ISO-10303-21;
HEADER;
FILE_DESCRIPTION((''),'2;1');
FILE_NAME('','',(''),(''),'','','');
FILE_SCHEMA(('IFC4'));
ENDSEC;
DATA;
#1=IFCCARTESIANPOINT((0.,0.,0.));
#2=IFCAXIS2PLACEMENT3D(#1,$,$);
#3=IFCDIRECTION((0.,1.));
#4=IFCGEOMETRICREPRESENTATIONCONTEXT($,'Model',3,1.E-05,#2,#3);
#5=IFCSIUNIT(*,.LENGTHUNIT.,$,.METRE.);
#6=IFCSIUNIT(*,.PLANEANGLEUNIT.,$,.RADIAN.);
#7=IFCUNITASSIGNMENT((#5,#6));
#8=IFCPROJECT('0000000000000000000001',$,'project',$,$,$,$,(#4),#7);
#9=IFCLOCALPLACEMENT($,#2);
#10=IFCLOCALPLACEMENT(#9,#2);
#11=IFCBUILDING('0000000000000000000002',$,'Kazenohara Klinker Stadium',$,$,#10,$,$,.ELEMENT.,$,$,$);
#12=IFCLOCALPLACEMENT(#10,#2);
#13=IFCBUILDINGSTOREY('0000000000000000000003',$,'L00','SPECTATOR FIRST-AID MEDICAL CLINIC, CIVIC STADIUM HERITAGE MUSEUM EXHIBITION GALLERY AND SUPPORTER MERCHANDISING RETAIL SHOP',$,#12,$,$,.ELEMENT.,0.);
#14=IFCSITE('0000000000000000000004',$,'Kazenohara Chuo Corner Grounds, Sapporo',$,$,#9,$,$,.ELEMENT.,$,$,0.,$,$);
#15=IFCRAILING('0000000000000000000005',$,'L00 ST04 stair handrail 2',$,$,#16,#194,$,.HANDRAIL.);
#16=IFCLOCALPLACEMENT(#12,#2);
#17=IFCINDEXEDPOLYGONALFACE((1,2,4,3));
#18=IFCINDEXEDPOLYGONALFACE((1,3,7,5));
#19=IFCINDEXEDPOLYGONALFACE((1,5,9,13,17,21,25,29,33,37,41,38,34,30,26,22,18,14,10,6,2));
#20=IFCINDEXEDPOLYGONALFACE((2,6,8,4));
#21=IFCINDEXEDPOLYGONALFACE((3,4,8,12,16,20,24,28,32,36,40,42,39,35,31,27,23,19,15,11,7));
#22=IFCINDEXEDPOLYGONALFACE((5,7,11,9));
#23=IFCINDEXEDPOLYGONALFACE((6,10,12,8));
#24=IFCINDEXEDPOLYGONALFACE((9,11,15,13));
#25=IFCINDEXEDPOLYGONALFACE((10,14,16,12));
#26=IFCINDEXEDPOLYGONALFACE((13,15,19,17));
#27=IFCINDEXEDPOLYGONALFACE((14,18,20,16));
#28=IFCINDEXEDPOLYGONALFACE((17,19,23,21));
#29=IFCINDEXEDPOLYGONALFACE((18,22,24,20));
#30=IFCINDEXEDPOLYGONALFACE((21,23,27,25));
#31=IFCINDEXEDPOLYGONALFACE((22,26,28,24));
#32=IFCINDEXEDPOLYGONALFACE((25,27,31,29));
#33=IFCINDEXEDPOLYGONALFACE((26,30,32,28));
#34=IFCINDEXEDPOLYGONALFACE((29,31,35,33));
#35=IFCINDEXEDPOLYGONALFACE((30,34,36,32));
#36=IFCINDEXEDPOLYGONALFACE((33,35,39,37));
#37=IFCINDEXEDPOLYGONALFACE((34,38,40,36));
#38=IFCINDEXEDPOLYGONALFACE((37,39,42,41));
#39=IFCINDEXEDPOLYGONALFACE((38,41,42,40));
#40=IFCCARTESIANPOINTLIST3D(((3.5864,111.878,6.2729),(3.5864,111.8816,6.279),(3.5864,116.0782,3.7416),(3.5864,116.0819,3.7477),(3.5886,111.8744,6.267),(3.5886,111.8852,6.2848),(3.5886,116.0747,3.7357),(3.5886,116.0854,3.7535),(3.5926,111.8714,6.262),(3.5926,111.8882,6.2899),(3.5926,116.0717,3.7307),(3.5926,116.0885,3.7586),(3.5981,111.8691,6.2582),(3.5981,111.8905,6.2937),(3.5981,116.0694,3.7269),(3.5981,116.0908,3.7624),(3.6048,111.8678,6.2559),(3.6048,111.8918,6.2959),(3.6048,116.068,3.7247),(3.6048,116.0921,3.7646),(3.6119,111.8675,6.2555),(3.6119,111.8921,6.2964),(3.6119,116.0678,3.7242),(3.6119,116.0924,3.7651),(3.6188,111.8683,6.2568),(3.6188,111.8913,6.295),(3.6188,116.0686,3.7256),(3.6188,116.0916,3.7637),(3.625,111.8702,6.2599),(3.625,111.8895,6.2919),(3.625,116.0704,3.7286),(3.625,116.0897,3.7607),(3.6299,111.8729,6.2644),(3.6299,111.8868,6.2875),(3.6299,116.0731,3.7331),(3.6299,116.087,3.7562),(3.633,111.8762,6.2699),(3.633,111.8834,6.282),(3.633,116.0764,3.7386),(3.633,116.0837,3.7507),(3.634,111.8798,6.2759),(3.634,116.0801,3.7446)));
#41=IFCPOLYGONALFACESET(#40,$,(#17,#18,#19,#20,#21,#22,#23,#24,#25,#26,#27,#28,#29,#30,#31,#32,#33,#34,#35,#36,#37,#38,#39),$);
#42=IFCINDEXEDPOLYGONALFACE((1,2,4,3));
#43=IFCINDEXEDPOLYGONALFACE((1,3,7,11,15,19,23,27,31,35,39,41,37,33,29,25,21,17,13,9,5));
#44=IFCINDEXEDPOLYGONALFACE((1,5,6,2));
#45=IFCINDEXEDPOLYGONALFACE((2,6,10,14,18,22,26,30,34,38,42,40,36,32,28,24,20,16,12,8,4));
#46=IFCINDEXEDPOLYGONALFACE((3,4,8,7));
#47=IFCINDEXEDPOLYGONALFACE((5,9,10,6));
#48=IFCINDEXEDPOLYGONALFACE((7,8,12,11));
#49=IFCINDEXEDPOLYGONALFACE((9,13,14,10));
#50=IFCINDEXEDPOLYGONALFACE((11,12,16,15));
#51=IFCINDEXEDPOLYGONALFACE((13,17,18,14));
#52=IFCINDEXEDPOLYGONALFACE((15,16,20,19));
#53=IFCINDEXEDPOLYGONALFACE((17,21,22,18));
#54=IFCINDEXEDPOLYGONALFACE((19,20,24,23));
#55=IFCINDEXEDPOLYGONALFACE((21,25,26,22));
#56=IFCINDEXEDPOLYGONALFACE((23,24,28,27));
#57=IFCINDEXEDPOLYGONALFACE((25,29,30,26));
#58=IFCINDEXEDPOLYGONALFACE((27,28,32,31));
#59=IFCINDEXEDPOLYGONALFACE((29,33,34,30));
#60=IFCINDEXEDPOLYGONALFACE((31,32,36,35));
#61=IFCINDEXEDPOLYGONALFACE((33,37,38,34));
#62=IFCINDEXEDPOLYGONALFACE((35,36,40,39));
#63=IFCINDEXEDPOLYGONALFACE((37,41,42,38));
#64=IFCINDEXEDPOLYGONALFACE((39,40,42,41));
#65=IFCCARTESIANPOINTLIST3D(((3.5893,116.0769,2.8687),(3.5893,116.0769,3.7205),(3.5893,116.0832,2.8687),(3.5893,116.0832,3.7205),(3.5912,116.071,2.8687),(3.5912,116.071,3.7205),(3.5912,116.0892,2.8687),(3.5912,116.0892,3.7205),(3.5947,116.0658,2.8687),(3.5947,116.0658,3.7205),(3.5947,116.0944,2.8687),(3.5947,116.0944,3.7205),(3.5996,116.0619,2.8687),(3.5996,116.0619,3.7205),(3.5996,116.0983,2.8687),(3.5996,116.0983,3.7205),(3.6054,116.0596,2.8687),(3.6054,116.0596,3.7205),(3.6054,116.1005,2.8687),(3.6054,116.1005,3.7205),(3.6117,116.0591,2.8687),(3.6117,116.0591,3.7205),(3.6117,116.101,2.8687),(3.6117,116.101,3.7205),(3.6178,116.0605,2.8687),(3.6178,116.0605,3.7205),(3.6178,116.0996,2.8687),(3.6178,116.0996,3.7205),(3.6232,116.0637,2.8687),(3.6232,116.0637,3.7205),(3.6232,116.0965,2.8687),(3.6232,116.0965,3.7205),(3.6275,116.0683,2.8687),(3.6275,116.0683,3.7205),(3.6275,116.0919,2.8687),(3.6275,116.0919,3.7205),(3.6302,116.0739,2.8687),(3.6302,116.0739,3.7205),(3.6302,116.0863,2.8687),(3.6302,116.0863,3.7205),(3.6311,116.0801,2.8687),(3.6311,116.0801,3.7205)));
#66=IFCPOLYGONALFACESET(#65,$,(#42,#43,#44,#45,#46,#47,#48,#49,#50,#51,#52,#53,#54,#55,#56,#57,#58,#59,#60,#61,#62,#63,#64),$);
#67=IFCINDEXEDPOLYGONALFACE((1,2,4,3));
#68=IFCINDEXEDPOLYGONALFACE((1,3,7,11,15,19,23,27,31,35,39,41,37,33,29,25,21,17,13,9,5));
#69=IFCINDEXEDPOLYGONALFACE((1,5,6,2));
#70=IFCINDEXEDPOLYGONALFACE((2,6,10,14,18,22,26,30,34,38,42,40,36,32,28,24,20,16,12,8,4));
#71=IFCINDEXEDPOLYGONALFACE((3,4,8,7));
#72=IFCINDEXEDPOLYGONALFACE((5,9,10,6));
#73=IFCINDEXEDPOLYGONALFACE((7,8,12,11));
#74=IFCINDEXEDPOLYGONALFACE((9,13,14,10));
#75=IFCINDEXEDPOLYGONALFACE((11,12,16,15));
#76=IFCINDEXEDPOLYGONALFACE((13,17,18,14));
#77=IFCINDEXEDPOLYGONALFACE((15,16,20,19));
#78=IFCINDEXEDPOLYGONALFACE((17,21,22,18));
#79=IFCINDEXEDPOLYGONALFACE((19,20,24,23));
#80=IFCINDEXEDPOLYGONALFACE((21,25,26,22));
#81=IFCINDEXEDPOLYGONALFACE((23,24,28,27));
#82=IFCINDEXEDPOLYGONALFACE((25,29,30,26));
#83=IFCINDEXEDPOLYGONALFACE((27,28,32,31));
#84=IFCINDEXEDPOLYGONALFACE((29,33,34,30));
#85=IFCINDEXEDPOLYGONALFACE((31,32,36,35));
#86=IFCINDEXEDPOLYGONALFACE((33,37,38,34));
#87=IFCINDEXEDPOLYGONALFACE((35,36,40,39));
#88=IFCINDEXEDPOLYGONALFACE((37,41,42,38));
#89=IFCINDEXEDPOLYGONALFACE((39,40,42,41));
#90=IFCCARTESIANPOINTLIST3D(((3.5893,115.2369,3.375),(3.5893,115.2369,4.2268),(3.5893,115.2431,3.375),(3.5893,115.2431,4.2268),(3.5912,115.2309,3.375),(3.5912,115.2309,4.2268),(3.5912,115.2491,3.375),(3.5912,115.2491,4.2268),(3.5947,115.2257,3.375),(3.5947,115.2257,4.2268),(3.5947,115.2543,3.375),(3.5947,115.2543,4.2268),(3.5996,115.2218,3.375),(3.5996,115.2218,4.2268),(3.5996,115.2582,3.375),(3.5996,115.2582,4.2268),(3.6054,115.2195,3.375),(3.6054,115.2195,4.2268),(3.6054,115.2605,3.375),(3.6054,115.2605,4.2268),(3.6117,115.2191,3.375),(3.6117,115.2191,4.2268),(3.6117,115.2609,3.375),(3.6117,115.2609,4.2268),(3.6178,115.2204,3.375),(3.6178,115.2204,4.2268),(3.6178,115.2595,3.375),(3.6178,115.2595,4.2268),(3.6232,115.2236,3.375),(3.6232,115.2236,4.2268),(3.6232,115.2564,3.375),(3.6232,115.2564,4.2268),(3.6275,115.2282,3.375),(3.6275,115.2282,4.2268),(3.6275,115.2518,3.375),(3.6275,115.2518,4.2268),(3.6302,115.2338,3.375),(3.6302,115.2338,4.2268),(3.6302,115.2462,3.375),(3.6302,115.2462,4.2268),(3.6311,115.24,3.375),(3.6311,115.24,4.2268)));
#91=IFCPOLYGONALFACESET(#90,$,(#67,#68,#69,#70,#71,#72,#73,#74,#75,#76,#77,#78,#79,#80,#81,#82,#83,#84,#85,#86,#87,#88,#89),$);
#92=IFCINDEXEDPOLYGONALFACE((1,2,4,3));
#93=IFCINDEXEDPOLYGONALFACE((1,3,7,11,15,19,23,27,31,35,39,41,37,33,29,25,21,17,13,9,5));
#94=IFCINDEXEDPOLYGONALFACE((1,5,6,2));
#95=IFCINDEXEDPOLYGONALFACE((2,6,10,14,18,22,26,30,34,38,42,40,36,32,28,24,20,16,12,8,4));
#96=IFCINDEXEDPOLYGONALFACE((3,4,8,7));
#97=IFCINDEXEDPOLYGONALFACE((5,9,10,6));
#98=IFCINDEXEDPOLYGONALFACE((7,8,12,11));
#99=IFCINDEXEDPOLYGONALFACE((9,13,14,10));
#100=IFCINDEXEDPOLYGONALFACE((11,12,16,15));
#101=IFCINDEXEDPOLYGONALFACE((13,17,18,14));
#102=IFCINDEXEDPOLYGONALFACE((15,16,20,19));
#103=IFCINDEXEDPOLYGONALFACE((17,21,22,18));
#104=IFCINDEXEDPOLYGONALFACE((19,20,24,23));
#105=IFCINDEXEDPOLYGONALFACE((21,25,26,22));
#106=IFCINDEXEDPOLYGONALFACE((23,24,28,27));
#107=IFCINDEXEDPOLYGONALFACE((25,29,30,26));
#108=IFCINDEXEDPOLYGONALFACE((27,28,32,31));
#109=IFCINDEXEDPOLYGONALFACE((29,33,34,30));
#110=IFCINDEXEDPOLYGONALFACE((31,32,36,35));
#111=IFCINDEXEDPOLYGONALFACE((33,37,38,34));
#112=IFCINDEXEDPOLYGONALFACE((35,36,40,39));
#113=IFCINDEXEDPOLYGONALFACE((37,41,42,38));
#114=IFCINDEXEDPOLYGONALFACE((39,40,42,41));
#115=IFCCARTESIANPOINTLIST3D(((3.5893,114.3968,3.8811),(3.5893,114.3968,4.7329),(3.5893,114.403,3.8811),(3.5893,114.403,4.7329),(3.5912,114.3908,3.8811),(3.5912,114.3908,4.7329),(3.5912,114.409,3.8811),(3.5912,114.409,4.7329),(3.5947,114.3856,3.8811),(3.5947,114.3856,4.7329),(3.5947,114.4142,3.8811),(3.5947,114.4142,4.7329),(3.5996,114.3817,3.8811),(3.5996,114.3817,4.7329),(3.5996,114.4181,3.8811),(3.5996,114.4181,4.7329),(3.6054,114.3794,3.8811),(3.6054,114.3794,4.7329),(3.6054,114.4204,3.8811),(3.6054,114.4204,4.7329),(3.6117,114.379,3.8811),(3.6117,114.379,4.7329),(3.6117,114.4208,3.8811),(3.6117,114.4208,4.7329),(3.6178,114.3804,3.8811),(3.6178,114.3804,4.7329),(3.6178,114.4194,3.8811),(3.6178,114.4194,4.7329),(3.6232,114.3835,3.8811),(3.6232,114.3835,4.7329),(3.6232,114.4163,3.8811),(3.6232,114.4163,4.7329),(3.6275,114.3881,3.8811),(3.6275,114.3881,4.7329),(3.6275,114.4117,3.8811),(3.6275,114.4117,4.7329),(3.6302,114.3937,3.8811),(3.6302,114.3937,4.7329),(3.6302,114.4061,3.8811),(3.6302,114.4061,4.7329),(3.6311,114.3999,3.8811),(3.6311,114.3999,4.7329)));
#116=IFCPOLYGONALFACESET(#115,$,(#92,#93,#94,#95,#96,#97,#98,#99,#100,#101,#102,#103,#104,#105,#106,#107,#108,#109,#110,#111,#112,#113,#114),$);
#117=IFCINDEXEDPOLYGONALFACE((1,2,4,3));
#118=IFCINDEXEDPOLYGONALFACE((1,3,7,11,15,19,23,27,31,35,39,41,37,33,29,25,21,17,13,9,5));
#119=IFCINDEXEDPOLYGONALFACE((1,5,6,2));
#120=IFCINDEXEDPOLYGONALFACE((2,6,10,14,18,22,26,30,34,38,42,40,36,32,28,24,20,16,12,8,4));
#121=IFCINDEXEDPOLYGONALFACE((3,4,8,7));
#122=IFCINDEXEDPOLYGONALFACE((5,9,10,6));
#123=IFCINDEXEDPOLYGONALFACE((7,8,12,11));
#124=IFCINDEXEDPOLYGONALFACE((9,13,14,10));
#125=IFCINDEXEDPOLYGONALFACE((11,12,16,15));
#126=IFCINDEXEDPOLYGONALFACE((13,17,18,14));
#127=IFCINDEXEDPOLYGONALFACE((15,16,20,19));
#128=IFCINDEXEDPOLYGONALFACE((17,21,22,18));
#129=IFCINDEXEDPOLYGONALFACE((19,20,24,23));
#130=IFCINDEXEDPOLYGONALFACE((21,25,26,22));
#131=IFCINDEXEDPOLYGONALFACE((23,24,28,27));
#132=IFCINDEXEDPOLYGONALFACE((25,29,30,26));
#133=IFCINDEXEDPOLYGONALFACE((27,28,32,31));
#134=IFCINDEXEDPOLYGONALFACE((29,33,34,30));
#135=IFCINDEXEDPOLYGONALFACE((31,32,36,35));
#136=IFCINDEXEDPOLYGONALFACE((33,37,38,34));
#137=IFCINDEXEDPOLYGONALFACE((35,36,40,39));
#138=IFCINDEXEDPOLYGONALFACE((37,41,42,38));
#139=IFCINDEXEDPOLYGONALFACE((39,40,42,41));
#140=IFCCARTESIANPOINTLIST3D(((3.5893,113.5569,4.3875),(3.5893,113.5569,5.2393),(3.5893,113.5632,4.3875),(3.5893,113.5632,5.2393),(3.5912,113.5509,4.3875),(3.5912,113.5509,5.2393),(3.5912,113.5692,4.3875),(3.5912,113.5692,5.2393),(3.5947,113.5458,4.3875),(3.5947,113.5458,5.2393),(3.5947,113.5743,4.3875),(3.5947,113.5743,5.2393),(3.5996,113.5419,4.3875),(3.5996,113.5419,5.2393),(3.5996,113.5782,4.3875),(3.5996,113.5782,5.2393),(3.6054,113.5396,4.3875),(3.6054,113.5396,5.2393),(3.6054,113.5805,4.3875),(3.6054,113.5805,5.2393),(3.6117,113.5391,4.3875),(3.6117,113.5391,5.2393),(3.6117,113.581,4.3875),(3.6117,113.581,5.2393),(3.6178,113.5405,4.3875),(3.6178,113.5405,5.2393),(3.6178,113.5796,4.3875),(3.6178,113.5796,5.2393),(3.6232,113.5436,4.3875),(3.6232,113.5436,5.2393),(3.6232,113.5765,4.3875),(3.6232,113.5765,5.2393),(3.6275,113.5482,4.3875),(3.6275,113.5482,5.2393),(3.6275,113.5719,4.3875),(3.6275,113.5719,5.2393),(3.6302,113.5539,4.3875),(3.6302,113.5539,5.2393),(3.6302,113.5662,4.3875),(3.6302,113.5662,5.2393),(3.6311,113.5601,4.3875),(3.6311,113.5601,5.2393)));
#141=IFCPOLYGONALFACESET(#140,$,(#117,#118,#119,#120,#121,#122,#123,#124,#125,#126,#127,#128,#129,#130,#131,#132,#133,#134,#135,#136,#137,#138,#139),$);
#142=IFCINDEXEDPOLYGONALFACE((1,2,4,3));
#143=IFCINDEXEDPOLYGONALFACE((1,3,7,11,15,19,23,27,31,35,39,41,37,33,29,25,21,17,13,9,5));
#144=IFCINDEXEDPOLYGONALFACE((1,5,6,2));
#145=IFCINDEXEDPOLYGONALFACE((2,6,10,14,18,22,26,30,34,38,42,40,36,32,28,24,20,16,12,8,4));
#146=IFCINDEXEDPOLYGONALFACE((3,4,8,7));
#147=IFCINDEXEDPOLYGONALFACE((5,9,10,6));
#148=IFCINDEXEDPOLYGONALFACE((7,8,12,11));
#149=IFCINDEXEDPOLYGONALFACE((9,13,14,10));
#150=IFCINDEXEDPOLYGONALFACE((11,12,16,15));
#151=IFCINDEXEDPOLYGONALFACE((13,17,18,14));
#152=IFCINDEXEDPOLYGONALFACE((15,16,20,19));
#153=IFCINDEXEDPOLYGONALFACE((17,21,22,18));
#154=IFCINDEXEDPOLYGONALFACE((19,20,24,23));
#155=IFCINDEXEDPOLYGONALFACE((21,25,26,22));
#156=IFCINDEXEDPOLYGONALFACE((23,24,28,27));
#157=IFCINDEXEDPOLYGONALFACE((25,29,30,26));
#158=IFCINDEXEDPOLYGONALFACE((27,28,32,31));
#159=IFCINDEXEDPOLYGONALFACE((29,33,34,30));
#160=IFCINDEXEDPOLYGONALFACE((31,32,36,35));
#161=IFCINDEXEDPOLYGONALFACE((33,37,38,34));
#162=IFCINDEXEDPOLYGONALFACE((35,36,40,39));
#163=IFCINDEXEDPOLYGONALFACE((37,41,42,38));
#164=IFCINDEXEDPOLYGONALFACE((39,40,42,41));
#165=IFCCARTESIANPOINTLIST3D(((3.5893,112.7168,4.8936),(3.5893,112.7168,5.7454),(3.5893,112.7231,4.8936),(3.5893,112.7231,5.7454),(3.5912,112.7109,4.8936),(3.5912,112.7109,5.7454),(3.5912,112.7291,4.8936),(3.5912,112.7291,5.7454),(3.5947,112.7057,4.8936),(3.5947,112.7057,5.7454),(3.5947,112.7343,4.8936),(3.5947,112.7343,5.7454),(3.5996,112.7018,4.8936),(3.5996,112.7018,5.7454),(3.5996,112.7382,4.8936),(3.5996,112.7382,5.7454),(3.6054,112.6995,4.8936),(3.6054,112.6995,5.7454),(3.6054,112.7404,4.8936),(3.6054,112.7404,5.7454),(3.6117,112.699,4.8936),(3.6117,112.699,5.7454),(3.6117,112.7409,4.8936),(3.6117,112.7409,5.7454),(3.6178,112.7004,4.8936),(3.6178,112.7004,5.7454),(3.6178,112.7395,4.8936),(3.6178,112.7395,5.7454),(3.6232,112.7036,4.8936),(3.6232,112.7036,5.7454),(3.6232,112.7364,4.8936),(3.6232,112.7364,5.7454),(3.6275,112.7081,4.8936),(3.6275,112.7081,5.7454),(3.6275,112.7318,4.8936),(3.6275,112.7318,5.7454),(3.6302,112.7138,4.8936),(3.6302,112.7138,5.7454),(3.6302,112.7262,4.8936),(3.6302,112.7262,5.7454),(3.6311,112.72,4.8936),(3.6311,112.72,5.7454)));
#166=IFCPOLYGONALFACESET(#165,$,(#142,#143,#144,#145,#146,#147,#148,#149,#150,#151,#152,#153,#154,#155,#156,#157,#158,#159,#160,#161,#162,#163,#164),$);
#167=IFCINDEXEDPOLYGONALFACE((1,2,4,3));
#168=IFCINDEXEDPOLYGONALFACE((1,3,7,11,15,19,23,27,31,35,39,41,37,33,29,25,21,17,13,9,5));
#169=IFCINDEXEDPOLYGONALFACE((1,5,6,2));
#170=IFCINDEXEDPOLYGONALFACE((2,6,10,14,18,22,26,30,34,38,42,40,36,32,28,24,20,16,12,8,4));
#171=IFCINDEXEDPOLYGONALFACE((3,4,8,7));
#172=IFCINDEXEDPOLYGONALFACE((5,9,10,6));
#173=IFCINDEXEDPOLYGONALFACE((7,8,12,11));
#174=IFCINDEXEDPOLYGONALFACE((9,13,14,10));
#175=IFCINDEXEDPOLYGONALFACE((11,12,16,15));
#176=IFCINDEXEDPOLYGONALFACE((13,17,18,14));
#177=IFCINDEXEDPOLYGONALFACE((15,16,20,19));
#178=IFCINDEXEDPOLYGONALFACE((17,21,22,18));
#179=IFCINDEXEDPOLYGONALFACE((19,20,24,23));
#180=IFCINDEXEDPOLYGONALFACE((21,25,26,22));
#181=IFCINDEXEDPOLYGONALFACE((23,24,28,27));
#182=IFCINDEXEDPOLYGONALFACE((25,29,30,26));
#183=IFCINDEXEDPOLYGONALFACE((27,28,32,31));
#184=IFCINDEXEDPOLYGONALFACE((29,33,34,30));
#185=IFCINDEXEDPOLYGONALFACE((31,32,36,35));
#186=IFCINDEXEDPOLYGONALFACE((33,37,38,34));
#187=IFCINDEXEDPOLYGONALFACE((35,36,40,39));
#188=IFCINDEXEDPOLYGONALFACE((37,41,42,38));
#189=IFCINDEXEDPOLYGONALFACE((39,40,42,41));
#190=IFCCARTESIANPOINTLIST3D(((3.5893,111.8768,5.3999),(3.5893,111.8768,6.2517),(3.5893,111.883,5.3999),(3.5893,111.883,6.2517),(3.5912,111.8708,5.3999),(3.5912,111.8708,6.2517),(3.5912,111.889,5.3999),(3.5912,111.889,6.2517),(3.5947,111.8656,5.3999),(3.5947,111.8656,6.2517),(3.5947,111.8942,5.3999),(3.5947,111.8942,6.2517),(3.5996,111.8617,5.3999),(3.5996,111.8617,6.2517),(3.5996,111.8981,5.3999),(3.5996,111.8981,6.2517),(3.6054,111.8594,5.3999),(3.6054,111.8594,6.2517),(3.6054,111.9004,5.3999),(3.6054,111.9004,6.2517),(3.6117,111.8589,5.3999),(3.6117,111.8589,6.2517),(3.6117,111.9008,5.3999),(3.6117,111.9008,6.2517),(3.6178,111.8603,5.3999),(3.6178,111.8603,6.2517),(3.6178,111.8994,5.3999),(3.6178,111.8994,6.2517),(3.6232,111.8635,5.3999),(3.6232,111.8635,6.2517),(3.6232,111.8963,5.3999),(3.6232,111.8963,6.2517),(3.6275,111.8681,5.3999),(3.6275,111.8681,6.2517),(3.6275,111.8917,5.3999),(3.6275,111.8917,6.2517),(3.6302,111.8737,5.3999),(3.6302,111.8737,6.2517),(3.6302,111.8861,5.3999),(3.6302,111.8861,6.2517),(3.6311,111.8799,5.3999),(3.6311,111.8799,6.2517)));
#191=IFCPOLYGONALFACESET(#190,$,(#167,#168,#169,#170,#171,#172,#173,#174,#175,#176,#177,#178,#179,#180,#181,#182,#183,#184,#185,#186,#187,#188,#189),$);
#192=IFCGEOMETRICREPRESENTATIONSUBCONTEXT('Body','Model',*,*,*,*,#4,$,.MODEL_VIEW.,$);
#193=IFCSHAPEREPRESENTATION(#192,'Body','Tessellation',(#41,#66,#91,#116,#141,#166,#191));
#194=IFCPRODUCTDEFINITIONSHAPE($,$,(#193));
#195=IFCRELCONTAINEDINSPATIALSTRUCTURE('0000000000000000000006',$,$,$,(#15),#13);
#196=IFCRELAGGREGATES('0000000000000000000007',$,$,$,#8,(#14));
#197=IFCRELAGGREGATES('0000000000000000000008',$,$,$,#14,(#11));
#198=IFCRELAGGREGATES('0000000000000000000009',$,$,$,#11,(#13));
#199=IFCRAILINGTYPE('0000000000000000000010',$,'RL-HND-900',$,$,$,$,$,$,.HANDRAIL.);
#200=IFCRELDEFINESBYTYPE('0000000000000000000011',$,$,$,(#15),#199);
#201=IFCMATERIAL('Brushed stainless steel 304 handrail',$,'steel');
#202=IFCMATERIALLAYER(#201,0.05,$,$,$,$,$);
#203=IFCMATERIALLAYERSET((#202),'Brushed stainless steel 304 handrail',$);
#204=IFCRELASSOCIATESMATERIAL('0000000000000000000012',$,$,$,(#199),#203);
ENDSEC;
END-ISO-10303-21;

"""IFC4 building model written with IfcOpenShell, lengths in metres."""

from ifc_helpers import new_model, si_unit, direction, frame, origin, origin_2d, place, context, subcontext, project, spatial, circle, extrude, material, layer, layer_set, type_object, element, save


model = new_model("IFC4")

# Units and contexts
model_context = context("Model", 3, precision=1e-05, world=origin(), true_north=direction((0.0, 1.0)))
body_context = subcontext(model_context, "Body", "Model", "MODEL_VIEW")
ifc_project = project(units=[si_unit("LENGTHUNIT", "METRE"), si_unit("PLANEANGLEUNIT", "RADIAN")], contexts=[model_context])

# Site, building, storey
site_placement = place(None, origin())
site = spatial("IfcSite", under=ifc_project, at=site_placement, Name="Kazenohara Chuo Corner Grounds, Sapporo", CompositionType="ELEMENT", RefElevation=0.0)
building_placement = place(site_placement, origin())
building = spatial("IfcBuilding", under=site, at=building_placement, Name="Kazenohara Klinker Stadium", CompositionType="ELEMENT")
storey_placement = place(building_placement, origin())
storey = spatial("IfcBuildingStorey", under=building, at=storey_placement, Name="L00", Description="SPECTATOR FIRST-AID MEDICAL CLINIC, CIVIC STADIUM HERITAGE MUSEUM EXHIBITION GALLERY AND SUPPORTER MERCHANDISING RETAIL SHOP", CompositionType="ELEMENT", Elevation=0.0)

# Railing
ifc_material_1 = material(Name="Brushed stainless steel 304 handrail", Category="steel")
ifc_layer_1 = layer(ifc_material_1, 0.05)
ifc_layer_set_1 = layer_set([ifc_layer_1], Name="Brushed stainless steel 304 handrail")
railing_type_1 = type_object("IfcRailingType", Name="RL-HND-900", PredefinedType="HANDRAIL", material=ifc_layer_set_1)
railing_1_placement = place(storey_placement, frame((3.6101, 116.0801, 2.8687)))
element("IfcRailing", 1, at=railing_1_placement, inside=storey, type_object=railing_type_1, Name="L00 ST04 stair handrail 2", PredefinedType="HANDRAIL", context=body_context, shape_type="SweptSolid", body=[
    extrude(circle(Radius=0.0239, at=origin_2d()), frame((0.0, 0.0, 0.876), z_axis=(0.0, -0.85649, 0.516164), x_axis=(1.0, 0.0, 0.0)), (0.0, 0.0, 1.0), 4.9041),
    extrude(circle(Radius=0.021, at=origin_2d()), origin(), (0.0, 0.0, 1.0), 0.8518),
    extrude(circle(Radius=0.021, at=origin_2d()), frame((0.0, -0.8401, 0.5063)), (0.0, 0.0, 1.0), 0.8518),
    extrude(circle(Radius=0.021, at=origin_2d()), frame((0.0, -1.6802, 1.0125)), (0.0, 0.0, 1.0), 0.8518),
    extrude(circle(Radius=0.021, at=origin_2d()), frame((0.0, -2.52, 1.5188)), (0.0, 0.0, 1.0), 0.8518),
    extrude(circle(Radius=0.021, at=origin_2d()), frame((0.0, -3.3601, 2.0249)), (0.0, 0.0, 1.0), 0.8518),
    extrude(circle(Radius=0.021, at=origin_2d()), frame((0.0, -4.2002, 2.5312)), (0.0, 0.0, 1.0), 0.8518),
])

save(model, "model.ifc")
